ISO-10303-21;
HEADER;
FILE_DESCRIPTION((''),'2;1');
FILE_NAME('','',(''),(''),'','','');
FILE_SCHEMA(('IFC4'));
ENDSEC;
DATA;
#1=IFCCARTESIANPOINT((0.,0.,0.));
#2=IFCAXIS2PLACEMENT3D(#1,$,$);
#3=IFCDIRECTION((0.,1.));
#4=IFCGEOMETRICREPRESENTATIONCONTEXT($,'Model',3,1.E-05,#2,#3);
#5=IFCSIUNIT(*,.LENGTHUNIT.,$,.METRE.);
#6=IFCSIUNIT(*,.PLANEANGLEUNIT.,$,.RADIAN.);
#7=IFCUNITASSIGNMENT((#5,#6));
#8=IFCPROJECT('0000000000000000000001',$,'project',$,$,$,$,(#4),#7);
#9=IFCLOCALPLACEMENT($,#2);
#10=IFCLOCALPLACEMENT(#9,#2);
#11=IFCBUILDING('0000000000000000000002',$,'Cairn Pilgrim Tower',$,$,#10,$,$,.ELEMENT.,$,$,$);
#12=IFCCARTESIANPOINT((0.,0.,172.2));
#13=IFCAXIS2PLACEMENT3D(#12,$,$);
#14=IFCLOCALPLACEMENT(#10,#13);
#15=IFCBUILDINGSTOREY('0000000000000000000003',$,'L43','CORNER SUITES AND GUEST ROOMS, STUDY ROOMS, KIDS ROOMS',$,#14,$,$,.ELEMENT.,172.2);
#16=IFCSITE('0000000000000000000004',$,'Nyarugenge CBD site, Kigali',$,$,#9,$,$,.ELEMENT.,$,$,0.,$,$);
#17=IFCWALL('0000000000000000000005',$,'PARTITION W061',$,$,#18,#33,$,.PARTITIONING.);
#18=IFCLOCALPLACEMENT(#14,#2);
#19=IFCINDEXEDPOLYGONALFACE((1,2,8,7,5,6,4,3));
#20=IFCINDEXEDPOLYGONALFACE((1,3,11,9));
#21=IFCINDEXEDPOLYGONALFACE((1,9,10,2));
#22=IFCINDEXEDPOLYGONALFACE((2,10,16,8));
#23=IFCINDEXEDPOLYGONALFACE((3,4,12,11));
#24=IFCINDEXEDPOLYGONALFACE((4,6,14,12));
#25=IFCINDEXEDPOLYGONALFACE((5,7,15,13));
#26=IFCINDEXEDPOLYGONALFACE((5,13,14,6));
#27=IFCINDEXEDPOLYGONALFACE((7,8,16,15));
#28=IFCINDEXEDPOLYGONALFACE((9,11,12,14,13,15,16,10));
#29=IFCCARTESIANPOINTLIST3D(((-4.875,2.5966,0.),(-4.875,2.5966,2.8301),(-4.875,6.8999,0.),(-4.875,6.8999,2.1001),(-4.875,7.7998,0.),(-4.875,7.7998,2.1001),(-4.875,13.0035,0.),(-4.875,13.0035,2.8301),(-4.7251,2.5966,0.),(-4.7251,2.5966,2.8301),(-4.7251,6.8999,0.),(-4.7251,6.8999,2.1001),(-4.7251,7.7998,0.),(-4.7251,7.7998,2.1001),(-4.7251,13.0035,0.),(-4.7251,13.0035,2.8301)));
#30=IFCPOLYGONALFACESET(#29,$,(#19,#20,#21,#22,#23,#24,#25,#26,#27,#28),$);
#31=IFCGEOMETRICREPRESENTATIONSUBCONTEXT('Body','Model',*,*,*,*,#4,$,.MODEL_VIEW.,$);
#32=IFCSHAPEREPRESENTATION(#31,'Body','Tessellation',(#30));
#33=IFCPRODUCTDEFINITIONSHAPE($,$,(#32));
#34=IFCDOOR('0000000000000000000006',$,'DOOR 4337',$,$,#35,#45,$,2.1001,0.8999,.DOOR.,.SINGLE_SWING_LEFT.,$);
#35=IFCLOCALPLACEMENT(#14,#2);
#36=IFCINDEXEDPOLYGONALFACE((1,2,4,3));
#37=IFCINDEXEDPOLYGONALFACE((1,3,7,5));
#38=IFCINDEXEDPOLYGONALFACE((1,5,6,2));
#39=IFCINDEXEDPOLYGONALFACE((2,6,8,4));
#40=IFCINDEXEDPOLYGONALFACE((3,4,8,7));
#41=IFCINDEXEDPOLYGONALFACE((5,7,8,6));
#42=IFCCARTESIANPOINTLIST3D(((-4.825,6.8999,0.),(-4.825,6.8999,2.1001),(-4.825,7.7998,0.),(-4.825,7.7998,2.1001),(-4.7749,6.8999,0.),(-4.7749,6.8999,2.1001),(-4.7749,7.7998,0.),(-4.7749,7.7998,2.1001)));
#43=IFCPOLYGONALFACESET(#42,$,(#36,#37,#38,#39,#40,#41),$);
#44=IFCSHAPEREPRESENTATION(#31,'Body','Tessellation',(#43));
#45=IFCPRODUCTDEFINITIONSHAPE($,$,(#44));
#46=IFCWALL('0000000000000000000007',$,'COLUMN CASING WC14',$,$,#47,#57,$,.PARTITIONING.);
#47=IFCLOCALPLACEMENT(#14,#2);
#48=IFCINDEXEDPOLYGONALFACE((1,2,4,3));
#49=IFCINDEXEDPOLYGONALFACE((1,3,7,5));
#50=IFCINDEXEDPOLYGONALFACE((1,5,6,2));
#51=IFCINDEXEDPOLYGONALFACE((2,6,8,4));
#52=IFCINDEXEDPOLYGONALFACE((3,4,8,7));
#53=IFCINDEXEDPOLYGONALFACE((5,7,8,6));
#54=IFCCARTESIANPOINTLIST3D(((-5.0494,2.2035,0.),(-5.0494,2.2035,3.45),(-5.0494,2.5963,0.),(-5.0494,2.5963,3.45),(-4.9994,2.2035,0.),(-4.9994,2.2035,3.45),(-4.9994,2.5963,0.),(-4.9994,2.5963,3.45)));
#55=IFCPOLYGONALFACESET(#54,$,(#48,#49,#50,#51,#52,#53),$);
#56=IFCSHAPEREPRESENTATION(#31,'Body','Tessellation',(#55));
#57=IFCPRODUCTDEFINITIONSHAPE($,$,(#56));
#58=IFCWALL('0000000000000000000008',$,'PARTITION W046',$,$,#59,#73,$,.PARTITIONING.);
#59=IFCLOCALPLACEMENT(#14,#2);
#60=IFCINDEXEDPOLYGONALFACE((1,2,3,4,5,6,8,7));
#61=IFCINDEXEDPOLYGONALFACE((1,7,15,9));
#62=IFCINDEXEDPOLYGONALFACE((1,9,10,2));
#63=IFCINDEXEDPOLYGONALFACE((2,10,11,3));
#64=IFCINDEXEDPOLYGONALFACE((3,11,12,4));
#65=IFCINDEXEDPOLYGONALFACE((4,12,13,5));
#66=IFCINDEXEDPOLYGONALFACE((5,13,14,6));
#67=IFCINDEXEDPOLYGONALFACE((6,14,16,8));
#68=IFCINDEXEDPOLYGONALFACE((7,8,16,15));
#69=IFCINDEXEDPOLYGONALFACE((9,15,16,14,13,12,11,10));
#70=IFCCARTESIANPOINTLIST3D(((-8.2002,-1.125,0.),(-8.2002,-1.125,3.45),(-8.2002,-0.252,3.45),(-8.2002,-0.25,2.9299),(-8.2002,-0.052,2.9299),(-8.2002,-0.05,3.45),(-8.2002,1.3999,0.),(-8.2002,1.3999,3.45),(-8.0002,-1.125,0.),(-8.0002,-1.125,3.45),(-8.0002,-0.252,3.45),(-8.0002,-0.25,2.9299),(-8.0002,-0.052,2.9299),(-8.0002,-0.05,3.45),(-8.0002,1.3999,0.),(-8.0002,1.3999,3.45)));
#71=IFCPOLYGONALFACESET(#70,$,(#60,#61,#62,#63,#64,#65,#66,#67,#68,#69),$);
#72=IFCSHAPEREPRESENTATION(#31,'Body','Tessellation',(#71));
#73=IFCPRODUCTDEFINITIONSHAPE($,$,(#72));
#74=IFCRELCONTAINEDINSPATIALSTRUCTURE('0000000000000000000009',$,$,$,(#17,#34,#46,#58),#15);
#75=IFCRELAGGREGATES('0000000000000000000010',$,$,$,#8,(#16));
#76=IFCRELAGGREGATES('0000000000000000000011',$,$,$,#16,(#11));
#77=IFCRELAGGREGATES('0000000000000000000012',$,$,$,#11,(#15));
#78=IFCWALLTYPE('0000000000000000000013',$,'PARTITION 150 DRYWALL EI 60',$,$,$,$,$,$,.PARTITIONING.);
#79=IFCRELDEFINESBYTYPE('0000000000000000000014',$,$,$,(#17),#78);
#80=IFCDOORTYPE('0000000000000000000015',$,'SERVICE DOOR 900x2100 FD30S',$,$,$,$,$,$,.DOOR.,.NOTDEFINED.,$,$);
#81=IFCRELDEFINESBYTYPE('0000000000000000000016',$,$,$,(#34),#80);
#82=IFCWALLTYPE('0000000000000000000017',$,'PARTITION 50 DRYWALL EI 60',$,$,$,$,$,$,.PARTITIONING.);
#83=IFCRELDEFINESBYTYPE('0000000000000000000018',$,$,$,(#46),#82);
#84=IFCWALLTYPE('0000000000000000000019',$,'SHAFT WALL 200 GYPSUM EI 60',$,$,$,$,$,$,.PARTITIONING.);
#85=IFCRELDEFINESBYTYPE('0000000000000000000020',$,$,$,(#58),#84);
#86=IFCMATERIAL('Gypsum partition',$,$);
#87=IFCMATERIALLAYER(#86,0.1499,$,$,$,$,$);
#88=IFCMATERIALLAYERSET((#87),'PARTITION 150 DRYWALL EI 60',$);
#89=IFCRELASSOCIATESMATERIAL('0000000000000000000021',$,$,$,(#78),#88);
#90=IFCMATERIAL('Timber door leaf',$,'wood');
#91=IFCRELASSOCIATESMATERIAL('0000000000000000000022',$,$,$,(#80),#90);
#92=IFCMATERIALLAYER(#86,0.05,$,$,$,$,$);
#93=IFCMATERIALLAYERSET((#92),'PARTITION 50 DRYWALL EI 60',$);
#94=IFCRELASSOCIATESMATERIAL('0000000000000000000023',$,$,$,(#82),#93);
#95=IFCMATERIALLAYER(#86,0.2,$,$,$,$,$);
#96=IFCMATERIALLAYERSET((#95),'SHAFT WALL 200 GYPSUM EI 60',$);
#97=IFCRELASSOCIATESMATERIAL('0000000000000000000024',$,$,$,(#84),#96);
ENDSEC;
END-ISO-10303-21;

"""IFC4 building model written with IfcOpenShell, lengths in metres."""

from ifc_helpers import new_model, si_unit, direction, frame, frame_2d, origin, place, context, subcontext, project, spatial, polyline, rectangle, outline, extrude, material, layer, layer_set, type_object, element, fill, save


model = new_model("IFC4")

# Units and contexts
model_context = context("Model", 3, precision=1e-05, world=origin(), true_north=direction((0.0, 1.0)))
body_context = subcontext(model_context, "Body", "Model", "MODEL_VIEW")
ifc_project = project(units=[si_unit("LENGTHUNIT", "METRE"), si_unit("PLANEANGLEUNIT", "RADIAN")], contexts=[model_context])

# Site, building, storey
site_placement = place(None, origin())
site = spatial("IfcSite", under=ifc_project, at=site_placement, Name="Nyarugenge CBD site, Kigali", CompositionType="ELEMENT", RefElevation=0.0)
building_placement = place(site_placement, origin())
building = spatial("IfcBuilding", under=site, at=building_placement, Name="Cairn Pilgrim Tower", CompositionType="ELEMENT")
storey_placement = place(building_placement, frame((0.0, 0.0, 172.2)))
storey = spatial("IfcBuildingStorey", under=building, at=storey_placement, Name="L43", Description="CORNER SUITES AND GUEST ROOMS, STUDY ROOMS, KIDS ROOMS", CompositionType="ELEMENT", Elevation=172.2)

# Shared definitions
ifc_material_1 = material(Name="Gypsum partition")
ifc_layer_1 = layer(ifc_material_1, 0.1499)
ifc_layer_set_1 = layer_set([ifc_layer_1], Name="PARTITION 150 DRYWALL EI 60")
wall_type_1 = type_object("IfcWallType", Name="PARTITION 150 DRYWALL EI 60", PredefinedType="PARTITIONING", material=ifc_layer_set_1)

# Wall, opening, door
wall_1_placement = place(storey_placement, frame((-4.8, 2.5964, 0.0), z_axis=(0.0, 0.0, 1.0), x_axis=(0.0, 1.0, 0.0)))
wall_1 = element("IfcWall", 1, at=wall_1_placement, inside=storey, type_object=wall_type_1, Name="PARTITION W061", PredefinedType="PARTITIONING", context=body_context, shape_type="SweptSolid", body=[
    extrude(rectangle(XDim=10.407, YDim=0.1499, at=frame_2d((5.2036, 0.0))), origin(), (0.0, 0.0, 1.0), 2.8301),
])
opening_1_placement = place(wall_1_placement, frame((4.3035, 0.0, 0.0)))
opening_1 = element("IfcOpeningElement", 2, at=opening_1_placement, cuts=wall_1, PredefinedType="OPENING", context=body_context, shape_type="SweptSolid", body=[
    extrude(rectangle(XDim=0.8999, YDim=2.1001, at=frame_2d((0.45, 1.05))), frame((0.0, 0.085, 0.0), z_axis=(0.0, -1.0, 0.0), x_axis=(1.0, 0.0, 0.0)), (0.0, 0.0, 1.0), 0.1699),
])
ifc_material_2 = material(Name="Timber door leaf", Category="wood")
door_type_1 = type_object("IfcDoorType", Name="SERVICE DOOR 900x2100 FD30S", OperationType="NOTDEFINED", PredefinedType="DOOR", material=ifc_material_2)
door_1_placement = place(opening_1_placement, origin())
door_1 = element("IfcDoor", 3, at=door_1_placement, inside=storey, type_object=door_type_1, Name="DOOR 4337", OperationType="SINGLE_SWING_LEFT", OverallHeight=2.1001, OverallWidth=0.8999, PredefinedType="DOOR", context=body_context, shape_type="SweptSolid", body=[
    extrude(rectangle(XDim=0.8999, YDim=2.1001, at=frame_2d((0.45, 1.05))), frame((0.0, 0.0249, 0.0), z_axis=(0.0, -1.0, 0.0), x_axis=(1.0, 0.0, 0.0)), (0.0, 0.0, 1.0), 0.05),
])
fill(opening_1, door_1)

# Walls
ifc_layer_2 = layer(ifc_material_1, 0.05)
ifc_layer_set_2 = layer_set([ifc_layer_2], Name="PARTITION 50 DRYWALL EI 60")
wall_type_2 = type_object("IfcWallType", Name="PARTITION 50 DRYWALL EI 60", PredefinedType="PARTITIONING", material=ifc_layer_set_2)
wall_2_placement = place(storey_placement, frame((-5.0244, 2.2036, 0.0), z_axis=(0.0, 0.0, 1.0), x_axis=(0.0, 1.0, 0.0)))
element("IfcWall", 4, at=wall_2_placement, inside=storey, type_object=wall_type_2, Name="COLUMN CASING WC14", PredefinedType="PARTITIONING", context=body_context, shape_type="SweptSolid", body=[
    extrude(rectangle(XDim=0.3928, YDim=0.05, at=frame_2d((0.1963, 0.0))), origin(), (0.0, 0.0, 1.0), 3.45),
])
ifc_layer_3 = layer(ifc_material_1, 0.2)
ifc_layer_set_3 = layer_set([ifc_layer_3], Name="SHAFT WALL 200 GYPSUM EI 60")
wall_type_3 = type_object("IfcWallType", Name="SHAFT WALL 200 GYPSUM EI 60", PredefinedType="PARTITIONING", material=ifc_layer_set_3)
wall_3_placement = place(storey_placement, frame((-8.1001, -1.125, 0.0), z_axis=(0.0, 0.0, 1.0), x_axis=(0.0, 1.0, 0.0)))
element("IfcWall", 5, at=wall_3_placement, inside=storey, type_object=wall_type_3, Name="PARTITION W046", PredefinedType="PARTITIONING", context=body_context, shape_type="SweptSolid", body=[
    extrude(outline(polyline([(0.0, 0.0), (2.5249, 0.0), (2.5249, 3.45), (1.075, 3.45), (1.073, 2.9299), (0.875, 2.9299), (0.873, 3.45), (0.0, 3.45), (0.0, 0.0)])), frame((0.0, 0.1001, 0.0), z_axis=(0.0, -1.0, 0.0), x_axis=(1.0, 0.0, 0.0)), (0.0, 0.0, 1.0), 0.2),
])

save(model, "model.ifc")
